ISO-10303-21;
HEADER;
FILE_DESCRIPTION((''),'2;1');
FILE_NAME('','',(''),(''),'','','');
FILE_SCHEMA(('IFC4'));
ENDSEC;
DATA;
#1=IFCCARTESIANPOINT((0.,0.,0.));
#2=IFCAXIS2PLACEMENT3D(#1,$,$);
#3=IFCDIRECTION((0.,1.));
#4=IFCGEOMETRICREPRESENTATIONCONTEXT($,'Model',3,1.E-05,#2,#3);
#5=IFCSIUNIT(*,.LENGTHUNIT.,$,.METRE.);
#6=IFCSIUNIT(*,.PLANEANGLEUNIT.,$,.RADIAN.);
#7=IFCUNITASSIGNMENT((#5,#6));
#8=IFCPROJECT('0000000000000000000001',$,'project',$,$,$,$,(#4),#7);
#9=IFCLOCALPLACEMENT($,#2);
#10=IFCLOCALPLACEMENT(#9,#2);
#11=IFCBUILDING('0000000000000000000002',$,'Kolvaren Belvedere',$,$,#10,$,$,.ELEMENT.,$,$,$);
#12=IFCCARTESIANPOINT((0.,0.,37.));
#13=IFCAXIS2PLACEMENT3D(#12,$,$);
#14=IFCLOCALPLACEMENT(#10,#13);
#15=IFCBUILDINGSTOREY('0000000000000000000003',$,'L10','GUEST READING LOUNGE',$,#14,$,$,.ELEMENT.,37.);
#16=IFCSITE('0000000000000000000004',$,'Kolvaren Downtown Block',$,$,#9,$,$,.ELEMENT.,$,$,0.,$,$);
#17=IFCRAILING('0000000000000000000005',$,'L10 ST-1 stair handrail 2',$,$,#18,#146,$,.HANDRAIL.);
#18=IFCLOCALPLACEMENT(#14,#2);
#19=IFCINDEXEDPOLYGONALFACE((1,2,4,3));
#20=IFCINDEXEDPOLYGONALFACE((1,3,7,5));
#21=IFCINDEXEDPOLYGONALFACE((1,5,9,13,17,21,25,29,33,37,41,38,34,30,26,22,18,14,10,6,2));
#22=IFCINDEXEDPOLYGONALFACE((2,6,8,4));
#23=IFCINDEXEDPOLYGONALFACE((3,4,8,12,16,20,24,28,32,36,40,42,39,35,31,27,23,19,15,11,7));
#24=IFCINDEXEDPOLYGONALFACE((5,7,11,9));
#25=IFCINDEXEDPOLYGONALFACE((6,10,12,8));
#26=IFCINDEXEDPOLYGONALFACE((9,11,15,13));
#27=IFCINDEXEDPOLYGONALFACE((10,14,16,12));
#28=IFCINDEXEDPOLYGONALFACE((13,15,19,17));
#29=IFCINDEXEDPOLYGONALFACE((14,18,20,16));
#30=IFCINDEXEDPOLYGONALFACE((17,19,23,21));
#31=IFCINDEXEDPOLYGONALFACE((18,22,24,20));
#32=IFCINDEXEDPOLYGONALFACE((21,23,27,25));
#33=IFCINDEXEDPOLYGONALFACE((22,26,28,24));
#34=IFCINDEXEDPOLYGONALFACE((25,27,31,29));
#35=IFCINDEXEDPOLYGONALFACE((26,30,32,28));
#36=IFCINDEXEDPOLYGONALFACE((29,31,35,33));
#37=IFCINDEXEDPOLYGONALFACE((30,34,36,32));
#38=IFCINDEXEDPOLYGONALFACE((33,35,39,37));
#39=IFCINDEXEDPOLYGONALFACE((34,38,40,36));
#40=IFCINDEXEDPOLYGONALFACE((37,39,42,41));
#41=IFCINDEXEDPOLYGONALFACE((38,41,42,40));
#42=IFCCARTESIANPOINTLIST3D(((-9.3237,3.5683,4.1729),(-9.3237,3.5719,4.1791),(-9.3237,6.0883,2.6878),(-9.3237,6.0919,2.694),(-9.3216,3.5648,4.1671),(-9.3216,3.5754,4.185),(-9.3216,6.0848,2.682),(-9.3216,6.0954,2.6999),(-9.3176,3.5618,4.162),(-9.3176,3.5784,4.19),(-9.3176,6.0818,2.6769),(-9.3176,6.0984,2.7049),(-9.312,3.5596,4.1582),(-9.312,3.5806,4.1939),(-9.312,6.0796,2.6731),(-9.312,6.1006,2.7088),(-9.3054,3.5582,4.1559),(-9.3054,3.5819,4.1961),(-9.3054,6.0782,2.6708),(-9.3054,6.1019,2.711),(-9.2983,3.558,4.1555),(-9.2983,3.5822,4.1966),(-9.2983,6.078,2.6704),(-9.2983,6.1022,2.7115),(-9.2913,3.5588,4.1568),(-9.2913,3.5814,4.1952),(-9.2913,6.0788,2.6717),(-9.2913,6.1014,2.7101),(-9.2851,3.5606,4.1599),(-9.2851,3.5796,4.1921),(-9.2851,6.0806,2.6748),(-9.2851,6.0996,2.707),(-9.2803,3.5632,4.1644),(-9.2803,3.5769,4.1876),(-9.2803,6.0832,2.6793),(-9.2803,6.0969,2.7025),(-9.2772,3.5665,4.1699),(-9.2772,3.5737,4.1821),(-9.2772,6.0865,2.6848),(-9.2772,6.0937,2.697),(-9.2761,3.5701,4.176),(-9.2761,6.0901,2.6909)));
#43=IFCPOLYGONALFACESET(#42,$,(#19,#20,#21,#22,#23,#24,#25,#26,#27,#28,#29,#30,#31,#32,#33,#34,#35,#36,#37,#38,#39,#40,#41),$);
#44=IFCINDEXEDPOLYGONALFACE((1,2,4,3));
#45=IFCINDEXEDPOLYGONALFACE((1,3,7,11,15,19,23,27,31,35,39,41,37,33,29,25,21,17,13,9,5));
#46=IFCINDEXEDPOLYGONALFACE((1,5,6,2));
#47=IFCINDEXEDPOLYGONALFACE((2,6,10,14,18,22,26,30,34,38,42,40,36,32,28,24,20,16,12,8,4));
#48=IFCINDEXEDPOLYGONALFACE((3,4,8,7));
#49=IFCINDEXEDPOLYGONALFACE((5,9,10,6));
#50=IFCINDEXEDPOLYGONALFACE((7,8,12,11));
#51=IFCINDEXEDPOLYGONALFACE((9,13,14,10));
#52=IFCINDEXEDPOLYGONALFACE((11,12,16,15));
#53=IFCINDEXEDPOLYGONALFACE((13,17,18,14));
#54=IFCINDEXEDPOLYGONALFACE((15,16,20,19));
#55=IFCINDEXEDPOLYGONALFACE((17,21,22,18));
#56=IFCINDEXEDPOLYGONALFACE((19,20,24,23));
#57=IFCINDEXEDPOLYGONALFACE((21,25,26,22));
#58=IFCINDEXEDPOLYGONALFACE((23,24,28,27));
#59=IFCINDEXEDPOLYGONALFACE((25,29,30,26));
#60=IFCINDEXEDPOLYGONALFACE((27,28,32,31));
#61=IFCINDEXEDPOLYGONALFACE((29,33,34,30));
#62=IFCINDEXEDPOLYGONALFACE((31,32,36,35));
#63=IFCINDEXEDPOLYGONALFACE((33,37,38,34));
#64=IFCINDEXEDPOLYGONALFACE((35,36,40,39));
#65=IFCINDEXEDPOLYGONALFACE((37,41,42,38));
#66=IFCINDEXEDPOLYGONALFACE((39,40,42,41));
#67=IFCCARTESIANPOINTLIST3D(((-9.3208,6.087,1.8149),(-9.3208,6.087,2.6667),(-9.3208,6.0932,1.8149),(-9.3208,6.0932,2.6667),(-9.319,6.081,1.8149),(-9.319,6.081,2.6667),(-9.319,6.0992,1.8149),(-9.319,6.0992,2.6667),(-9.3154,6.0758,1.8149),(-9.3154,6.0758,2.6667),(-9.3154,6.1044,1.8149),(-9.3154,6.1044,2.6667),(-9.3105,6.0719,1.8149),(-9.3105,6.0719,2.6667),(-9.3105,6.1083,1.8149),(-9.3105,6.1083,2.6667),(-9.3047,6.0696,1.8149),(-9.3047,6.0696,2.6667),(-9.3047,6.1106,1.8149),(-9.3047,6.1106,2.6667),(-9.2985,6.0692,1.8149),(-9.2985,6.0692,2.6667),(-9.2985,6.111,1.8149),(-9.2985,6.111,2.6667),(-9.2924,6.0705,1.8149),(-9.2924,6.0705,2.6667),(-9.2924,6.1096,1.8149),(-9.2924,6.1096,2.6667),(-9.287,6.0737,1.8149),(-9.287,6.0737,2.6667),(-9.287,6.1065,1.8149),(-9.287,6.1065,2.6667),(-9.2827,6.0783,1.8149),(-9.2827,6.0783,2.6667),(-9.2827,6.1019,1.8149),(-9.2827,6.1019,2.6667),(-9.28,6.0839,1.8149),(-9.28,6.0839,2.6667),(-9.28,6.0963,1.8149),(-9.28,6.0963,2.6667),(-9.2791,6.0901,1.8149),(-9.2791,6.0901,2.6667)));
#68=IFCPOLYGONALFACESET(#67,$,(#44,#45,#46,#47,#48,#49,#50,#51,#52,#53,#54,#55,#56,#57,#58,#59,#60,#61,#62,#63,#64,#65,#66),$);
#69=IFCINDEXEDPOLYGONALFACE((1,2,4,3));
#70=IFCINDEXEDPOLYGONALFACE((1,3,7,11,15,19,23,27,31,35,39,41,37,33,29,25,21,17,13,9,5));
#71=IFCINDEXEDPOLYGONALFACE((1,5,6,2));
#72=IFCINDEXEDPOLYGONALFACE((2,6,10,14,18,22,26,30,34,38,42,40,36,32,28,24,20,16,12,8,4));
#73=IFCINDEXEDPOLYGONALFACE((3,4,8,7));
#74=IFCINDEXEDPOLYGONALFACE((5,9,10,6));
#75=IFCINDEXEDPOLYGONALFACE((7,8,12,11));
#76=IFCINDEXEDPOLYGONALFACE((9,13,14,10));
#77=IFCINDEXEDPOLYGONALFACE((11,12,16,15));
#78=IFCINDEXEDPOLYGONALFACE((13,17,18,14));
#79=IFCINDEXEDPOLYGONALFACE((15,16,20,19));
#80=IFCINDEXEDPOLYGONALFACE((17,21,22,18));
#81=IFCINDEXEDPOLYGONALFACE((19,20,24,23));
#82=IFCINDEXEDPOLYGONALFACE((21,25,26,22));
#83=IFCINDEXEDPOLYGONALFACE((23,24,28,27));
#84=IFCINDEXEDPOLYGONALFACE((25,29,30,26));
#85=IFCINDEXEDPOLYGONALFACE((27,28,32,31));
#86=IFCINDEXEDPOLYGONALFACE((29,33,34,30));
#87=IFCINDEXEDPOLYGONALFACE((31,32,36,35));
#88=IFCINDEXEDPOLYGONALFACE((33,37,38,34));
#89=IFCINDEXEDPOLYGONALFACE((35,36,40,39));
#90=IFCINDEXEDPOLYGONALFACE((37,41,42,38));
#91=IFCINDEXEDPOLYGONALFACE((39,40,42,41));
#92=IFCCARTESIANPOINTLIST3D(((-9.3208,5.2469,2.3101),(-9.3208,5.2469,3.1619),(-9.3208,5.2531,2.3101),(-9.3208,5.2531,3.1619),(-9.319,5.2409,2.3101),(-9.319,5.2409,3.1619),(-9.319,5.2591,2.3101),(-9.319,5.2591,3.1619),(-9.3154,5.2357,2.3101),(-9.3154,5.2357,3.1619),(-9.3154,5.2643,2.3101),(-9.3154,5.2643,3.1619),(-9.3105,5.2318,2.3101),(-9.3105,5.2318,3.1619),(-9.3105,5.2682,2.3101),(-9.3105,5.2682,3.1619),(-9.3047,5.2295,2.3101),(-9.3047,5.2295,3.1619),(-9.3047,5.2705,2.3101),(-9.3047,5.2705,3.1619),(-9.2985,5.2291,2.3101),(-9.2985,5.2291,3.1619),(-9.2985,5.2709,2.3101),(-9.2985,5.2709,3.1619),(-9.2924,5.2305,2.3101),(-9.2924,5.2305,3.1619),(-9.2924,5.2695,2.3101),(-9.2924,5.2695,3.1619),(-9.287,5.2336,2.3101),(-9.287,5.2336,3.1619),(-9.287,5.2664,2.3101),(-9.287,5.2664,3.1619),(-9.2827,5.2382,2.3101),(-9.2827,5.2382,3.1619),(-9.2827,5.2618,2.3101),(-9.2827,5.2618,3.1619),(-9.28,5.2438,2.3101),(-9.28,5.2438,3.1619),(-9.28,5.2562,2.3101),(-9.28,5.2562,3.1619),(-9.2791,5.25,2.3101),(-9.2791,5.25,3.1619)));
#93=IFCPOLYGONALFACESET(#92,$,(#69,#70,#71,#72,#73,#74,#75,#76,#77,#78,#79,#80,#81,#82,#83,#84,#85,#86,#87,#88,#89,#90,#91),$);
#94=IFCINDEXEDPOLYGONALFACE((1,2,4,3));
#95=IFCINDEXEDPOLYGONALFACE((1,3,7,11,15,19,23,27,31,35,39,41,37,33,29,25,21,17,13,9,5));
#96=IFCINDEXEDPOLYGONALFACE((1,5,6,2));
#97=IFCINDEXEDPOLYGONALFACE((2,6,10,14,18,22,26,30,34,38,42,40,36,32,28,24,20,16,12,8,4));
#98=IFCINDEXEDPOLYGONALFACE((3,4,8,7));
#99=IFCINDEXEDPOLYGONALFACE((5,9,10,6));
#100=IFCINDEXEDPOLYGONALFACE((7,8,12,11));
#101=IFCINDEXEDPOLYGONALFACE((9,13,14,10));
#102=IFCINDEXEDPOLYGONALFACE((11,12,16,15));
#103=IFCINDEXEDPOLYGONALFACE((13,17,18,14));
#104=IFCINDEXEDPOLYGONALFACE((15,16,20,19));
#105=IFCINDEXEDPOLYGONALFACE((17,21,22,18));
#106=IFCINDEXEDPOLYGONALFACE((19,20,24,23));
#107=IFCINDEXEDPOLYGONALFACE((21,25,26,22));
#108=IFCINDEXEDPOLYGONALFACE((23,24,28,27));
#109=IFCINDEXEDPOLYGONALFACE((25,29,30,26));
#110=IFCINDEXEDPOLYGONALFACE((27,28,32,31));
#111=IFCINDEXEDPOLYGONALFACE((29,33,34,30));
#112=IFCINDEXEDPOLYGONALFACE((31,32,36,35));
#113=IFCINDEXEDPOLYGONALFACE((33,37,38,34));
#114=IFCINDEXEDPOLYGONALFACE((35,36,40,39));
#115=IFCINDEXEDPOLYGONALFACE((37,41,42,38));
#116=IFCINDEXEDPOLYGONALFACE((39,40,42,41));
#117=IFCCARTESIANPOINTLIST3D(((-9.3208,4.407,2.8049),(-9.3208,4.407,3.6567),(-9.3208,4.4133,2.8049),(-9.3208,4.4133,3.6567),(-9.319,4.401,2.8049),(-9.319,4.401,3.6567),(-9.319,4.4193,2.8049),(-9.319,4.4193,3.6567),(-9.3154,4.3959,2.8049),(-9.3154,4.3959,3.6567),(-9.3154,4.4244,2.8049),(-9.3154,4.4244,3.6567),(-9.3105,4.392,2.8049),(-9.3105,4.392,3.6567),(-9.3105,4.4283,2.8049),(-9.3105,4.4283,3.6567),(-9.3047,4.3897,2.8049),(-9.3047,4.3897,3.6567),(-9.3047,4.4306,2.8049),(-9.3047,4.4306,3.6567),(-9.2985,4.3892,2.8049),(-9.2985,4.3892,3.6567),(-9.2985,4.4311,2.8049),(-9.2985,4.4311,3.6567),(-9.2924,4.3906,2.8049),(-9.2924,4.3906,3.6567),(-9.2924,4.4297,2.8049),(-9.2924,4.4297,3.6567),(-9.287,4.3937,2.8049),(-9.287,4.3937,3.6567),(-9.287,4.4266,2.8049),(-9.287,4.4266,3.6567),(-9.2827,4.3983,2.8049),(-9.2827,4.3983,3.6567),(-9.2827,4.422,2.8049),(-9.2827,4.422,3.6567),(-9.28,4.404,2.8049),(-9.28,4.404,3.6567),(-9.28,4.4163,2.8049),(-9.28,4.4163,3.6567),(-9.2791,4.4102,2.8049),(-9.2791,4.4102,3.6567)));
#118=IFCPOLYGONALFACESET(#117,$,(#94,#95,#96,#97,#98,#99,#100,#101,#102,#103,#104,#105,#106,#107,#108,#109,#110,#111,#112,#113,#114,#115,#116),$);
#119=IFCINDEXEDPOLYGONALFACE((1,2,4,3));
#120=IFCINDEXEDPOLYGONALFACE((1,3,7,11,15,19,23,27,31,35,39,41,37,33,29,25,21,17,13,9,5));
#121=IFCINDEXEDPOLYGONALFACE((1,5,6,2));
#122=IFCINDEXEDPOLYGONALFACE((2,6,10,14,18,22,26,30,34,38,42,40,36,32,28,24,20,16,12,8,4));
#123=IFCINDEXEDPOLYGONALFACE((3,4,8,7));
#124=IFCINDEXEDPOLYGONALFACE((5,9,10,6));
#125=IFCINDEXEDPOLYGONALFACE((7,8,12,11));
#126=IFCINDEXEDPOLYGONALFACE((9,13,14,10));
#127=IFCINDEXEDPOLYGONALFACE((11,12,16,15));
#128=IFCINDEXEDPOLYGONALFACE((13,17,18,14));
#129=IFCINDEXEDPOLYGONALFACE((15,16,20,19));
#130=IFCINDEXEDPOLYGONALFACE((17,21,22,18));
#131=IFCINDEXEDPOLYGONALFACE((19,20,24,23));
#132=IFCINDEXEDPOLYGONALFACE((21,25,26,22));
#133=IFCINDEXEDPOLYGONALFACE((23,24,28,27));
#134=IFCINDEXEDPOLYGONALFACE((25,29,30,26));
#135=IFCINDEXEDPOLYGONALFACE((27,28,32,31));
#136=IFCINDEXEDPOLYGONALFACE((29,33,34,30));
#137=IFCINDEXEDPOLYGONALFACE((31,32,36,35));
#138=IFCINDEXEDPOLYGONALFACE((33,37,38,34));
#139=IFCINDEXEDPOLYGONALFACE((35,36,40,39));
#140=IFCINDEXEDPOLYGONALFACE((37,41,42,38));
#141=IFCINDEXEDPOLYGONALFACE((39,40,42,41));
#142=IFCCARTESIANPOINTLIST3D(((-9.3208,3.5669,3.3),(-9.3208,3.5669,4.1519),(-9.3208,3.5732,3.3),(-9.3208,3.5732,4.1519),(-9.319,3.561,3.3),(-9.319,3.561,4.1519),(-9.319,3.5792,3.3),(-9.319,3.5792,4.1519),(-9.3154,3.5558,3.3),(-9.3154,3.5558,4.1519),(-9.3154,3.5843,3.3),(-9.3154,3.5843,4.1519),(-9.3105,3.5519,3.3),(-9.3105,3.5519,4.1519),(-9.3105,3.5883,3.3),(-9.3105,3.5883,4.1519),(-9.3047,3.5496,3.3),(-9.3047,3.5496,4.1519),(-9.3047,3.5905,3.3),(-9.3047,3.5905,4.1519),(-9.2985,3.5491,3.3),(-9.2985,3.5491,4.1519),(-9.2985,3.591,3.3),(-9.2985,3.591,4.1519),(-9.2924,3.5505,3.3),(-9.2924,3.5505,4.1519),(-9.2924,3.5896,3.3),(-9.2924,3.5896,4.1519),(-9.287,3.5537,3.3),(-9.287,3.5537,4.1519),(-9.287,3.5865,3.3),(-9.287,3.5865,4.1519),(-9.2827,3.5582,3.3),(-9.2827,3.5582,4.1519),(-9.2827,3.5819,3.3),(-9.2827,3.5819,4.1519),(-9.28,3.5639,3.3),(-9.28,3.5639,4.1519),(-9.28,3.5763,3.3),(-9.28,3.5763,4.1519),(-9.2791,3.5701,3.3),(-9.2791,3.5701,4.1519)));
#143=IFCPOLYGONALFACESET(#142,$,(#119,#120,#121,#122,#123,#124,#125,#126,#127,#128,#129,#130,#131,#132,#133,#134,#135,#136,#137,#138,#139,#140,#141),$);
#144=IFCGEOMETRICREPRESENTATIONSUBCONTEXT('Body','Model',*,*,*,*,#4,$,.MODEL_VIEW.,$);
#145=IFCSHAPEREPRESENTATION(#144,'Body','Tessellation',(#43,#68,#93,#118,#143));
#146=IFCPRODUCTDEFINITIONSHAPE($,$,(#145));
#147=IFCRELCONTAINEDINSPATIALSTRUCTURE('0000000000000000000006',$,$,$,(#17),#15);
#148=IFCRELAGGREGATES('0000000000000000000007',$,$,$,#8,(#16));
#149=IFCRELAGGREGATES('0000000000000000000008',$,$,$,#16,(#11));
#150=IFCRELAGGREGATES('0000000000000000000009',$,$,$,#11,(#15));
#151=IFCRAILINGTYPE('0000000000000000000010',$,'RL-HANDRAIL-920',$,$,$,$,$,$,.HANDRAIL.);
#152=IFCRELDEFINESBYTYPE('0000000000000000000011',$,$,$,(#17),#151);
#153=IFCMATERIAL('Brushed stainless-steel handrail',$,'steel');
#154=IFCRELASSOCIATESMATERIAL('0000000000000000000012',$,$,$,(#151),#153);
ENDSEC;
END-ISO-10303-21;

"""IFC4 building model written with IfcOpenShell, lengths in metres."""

from ifc_helpers import new_model, si_unit, direction, frame, origin, origin_2d, place, context, subcontext, project, spatial, circle, extrude, material, type_object, element, save


model = new_model("IFC4")

# Units and contexts
model_context = context("Model", 3, precision=1e-05, world=origin(), true_north=direction((0.0, 1.0)))
body_context = subcontext(model_context, "Body", "Model", "MODEL_VIEW")
ifc_project = project(units=[si_unit("LENGTHUNIT", "METRE"), si_unit("PLANEANGLEUNIT", "RADIAN")], contexts=[model_context])

# Site, building, storey
site_placement = place(None, origin())
site = spatial("IfcSite", under=ifc_project, at=site_placement, Name="Kolvaren Downtown Block", CompositionType="ELEMENT", RefElevation=0.0)
building_placement = place(site_placement, origin())
building = spatial("IfcBuilding", under=site, at=building_placement, Name="Kolvaren Belvedere", CompositionType="ELEMENT")
storey_placement = place(building_placement, frame((0.0, 0.0, 37.0)))
storey = spatial("IfcBuildingStorey", under=building, at=storey_placement, Name="L10", Description="GUEST READING LOUNGE", CompositionType="ELEMENT", Elevation=37.0)

# Railing
ifc_material_1 = material(Name="Brushed stainless-steel handrail", Category="steel")
railing_type = type_object("IfcRailingType", Name="RL-HANDRAIL-920", PredefinedType="HANDRAIL", material=ifc_material_1)
railing_placement = place(storey_placement, frame((-9.3, 6.0901, 1.8149)))
element("IfcRailing", 1, at=railing_placement, inside=storey, type_object=railing_type, Name="L10 ST-1 stair handrail 2", PredefinedType="HANDRAIL", context=body_context, shape_type="SweptSolid", body=[
    extrude(circle(Radius=0.0239, at=origin_2d()), frame((0.0, 0.0, 0.876), z_axis=(0.0, -0.861524, 0.507717), x_axis=(1.0, 0.0, 0.0)), (0.0, 0.0, 1.0), 2.925),
    extrude(circle(Radius=0.021, at=origin_2d()), origin(), (0.0, 0.0, 1.0), 0.8518),
    extrude(circle(Radius=0.021, at=origin_2d()), frame((0.0, -0.8401, 0.4951)), (0.0, 0.0, 1.0), 0.8518),
    extrude(circle(Radius=0.021, at=origin_2d()), frame((0.0, -1.6799, 0.99)), (0.0, 0.0, 1.0), 0.8518),
    extrude(circle(Radius=0.021, at=origin_2d()), frame((0.0, -2.52, 1.4851)), (0.0, 0.0, 1.0), 0.8518),
])

save(model, "model.ifc")
